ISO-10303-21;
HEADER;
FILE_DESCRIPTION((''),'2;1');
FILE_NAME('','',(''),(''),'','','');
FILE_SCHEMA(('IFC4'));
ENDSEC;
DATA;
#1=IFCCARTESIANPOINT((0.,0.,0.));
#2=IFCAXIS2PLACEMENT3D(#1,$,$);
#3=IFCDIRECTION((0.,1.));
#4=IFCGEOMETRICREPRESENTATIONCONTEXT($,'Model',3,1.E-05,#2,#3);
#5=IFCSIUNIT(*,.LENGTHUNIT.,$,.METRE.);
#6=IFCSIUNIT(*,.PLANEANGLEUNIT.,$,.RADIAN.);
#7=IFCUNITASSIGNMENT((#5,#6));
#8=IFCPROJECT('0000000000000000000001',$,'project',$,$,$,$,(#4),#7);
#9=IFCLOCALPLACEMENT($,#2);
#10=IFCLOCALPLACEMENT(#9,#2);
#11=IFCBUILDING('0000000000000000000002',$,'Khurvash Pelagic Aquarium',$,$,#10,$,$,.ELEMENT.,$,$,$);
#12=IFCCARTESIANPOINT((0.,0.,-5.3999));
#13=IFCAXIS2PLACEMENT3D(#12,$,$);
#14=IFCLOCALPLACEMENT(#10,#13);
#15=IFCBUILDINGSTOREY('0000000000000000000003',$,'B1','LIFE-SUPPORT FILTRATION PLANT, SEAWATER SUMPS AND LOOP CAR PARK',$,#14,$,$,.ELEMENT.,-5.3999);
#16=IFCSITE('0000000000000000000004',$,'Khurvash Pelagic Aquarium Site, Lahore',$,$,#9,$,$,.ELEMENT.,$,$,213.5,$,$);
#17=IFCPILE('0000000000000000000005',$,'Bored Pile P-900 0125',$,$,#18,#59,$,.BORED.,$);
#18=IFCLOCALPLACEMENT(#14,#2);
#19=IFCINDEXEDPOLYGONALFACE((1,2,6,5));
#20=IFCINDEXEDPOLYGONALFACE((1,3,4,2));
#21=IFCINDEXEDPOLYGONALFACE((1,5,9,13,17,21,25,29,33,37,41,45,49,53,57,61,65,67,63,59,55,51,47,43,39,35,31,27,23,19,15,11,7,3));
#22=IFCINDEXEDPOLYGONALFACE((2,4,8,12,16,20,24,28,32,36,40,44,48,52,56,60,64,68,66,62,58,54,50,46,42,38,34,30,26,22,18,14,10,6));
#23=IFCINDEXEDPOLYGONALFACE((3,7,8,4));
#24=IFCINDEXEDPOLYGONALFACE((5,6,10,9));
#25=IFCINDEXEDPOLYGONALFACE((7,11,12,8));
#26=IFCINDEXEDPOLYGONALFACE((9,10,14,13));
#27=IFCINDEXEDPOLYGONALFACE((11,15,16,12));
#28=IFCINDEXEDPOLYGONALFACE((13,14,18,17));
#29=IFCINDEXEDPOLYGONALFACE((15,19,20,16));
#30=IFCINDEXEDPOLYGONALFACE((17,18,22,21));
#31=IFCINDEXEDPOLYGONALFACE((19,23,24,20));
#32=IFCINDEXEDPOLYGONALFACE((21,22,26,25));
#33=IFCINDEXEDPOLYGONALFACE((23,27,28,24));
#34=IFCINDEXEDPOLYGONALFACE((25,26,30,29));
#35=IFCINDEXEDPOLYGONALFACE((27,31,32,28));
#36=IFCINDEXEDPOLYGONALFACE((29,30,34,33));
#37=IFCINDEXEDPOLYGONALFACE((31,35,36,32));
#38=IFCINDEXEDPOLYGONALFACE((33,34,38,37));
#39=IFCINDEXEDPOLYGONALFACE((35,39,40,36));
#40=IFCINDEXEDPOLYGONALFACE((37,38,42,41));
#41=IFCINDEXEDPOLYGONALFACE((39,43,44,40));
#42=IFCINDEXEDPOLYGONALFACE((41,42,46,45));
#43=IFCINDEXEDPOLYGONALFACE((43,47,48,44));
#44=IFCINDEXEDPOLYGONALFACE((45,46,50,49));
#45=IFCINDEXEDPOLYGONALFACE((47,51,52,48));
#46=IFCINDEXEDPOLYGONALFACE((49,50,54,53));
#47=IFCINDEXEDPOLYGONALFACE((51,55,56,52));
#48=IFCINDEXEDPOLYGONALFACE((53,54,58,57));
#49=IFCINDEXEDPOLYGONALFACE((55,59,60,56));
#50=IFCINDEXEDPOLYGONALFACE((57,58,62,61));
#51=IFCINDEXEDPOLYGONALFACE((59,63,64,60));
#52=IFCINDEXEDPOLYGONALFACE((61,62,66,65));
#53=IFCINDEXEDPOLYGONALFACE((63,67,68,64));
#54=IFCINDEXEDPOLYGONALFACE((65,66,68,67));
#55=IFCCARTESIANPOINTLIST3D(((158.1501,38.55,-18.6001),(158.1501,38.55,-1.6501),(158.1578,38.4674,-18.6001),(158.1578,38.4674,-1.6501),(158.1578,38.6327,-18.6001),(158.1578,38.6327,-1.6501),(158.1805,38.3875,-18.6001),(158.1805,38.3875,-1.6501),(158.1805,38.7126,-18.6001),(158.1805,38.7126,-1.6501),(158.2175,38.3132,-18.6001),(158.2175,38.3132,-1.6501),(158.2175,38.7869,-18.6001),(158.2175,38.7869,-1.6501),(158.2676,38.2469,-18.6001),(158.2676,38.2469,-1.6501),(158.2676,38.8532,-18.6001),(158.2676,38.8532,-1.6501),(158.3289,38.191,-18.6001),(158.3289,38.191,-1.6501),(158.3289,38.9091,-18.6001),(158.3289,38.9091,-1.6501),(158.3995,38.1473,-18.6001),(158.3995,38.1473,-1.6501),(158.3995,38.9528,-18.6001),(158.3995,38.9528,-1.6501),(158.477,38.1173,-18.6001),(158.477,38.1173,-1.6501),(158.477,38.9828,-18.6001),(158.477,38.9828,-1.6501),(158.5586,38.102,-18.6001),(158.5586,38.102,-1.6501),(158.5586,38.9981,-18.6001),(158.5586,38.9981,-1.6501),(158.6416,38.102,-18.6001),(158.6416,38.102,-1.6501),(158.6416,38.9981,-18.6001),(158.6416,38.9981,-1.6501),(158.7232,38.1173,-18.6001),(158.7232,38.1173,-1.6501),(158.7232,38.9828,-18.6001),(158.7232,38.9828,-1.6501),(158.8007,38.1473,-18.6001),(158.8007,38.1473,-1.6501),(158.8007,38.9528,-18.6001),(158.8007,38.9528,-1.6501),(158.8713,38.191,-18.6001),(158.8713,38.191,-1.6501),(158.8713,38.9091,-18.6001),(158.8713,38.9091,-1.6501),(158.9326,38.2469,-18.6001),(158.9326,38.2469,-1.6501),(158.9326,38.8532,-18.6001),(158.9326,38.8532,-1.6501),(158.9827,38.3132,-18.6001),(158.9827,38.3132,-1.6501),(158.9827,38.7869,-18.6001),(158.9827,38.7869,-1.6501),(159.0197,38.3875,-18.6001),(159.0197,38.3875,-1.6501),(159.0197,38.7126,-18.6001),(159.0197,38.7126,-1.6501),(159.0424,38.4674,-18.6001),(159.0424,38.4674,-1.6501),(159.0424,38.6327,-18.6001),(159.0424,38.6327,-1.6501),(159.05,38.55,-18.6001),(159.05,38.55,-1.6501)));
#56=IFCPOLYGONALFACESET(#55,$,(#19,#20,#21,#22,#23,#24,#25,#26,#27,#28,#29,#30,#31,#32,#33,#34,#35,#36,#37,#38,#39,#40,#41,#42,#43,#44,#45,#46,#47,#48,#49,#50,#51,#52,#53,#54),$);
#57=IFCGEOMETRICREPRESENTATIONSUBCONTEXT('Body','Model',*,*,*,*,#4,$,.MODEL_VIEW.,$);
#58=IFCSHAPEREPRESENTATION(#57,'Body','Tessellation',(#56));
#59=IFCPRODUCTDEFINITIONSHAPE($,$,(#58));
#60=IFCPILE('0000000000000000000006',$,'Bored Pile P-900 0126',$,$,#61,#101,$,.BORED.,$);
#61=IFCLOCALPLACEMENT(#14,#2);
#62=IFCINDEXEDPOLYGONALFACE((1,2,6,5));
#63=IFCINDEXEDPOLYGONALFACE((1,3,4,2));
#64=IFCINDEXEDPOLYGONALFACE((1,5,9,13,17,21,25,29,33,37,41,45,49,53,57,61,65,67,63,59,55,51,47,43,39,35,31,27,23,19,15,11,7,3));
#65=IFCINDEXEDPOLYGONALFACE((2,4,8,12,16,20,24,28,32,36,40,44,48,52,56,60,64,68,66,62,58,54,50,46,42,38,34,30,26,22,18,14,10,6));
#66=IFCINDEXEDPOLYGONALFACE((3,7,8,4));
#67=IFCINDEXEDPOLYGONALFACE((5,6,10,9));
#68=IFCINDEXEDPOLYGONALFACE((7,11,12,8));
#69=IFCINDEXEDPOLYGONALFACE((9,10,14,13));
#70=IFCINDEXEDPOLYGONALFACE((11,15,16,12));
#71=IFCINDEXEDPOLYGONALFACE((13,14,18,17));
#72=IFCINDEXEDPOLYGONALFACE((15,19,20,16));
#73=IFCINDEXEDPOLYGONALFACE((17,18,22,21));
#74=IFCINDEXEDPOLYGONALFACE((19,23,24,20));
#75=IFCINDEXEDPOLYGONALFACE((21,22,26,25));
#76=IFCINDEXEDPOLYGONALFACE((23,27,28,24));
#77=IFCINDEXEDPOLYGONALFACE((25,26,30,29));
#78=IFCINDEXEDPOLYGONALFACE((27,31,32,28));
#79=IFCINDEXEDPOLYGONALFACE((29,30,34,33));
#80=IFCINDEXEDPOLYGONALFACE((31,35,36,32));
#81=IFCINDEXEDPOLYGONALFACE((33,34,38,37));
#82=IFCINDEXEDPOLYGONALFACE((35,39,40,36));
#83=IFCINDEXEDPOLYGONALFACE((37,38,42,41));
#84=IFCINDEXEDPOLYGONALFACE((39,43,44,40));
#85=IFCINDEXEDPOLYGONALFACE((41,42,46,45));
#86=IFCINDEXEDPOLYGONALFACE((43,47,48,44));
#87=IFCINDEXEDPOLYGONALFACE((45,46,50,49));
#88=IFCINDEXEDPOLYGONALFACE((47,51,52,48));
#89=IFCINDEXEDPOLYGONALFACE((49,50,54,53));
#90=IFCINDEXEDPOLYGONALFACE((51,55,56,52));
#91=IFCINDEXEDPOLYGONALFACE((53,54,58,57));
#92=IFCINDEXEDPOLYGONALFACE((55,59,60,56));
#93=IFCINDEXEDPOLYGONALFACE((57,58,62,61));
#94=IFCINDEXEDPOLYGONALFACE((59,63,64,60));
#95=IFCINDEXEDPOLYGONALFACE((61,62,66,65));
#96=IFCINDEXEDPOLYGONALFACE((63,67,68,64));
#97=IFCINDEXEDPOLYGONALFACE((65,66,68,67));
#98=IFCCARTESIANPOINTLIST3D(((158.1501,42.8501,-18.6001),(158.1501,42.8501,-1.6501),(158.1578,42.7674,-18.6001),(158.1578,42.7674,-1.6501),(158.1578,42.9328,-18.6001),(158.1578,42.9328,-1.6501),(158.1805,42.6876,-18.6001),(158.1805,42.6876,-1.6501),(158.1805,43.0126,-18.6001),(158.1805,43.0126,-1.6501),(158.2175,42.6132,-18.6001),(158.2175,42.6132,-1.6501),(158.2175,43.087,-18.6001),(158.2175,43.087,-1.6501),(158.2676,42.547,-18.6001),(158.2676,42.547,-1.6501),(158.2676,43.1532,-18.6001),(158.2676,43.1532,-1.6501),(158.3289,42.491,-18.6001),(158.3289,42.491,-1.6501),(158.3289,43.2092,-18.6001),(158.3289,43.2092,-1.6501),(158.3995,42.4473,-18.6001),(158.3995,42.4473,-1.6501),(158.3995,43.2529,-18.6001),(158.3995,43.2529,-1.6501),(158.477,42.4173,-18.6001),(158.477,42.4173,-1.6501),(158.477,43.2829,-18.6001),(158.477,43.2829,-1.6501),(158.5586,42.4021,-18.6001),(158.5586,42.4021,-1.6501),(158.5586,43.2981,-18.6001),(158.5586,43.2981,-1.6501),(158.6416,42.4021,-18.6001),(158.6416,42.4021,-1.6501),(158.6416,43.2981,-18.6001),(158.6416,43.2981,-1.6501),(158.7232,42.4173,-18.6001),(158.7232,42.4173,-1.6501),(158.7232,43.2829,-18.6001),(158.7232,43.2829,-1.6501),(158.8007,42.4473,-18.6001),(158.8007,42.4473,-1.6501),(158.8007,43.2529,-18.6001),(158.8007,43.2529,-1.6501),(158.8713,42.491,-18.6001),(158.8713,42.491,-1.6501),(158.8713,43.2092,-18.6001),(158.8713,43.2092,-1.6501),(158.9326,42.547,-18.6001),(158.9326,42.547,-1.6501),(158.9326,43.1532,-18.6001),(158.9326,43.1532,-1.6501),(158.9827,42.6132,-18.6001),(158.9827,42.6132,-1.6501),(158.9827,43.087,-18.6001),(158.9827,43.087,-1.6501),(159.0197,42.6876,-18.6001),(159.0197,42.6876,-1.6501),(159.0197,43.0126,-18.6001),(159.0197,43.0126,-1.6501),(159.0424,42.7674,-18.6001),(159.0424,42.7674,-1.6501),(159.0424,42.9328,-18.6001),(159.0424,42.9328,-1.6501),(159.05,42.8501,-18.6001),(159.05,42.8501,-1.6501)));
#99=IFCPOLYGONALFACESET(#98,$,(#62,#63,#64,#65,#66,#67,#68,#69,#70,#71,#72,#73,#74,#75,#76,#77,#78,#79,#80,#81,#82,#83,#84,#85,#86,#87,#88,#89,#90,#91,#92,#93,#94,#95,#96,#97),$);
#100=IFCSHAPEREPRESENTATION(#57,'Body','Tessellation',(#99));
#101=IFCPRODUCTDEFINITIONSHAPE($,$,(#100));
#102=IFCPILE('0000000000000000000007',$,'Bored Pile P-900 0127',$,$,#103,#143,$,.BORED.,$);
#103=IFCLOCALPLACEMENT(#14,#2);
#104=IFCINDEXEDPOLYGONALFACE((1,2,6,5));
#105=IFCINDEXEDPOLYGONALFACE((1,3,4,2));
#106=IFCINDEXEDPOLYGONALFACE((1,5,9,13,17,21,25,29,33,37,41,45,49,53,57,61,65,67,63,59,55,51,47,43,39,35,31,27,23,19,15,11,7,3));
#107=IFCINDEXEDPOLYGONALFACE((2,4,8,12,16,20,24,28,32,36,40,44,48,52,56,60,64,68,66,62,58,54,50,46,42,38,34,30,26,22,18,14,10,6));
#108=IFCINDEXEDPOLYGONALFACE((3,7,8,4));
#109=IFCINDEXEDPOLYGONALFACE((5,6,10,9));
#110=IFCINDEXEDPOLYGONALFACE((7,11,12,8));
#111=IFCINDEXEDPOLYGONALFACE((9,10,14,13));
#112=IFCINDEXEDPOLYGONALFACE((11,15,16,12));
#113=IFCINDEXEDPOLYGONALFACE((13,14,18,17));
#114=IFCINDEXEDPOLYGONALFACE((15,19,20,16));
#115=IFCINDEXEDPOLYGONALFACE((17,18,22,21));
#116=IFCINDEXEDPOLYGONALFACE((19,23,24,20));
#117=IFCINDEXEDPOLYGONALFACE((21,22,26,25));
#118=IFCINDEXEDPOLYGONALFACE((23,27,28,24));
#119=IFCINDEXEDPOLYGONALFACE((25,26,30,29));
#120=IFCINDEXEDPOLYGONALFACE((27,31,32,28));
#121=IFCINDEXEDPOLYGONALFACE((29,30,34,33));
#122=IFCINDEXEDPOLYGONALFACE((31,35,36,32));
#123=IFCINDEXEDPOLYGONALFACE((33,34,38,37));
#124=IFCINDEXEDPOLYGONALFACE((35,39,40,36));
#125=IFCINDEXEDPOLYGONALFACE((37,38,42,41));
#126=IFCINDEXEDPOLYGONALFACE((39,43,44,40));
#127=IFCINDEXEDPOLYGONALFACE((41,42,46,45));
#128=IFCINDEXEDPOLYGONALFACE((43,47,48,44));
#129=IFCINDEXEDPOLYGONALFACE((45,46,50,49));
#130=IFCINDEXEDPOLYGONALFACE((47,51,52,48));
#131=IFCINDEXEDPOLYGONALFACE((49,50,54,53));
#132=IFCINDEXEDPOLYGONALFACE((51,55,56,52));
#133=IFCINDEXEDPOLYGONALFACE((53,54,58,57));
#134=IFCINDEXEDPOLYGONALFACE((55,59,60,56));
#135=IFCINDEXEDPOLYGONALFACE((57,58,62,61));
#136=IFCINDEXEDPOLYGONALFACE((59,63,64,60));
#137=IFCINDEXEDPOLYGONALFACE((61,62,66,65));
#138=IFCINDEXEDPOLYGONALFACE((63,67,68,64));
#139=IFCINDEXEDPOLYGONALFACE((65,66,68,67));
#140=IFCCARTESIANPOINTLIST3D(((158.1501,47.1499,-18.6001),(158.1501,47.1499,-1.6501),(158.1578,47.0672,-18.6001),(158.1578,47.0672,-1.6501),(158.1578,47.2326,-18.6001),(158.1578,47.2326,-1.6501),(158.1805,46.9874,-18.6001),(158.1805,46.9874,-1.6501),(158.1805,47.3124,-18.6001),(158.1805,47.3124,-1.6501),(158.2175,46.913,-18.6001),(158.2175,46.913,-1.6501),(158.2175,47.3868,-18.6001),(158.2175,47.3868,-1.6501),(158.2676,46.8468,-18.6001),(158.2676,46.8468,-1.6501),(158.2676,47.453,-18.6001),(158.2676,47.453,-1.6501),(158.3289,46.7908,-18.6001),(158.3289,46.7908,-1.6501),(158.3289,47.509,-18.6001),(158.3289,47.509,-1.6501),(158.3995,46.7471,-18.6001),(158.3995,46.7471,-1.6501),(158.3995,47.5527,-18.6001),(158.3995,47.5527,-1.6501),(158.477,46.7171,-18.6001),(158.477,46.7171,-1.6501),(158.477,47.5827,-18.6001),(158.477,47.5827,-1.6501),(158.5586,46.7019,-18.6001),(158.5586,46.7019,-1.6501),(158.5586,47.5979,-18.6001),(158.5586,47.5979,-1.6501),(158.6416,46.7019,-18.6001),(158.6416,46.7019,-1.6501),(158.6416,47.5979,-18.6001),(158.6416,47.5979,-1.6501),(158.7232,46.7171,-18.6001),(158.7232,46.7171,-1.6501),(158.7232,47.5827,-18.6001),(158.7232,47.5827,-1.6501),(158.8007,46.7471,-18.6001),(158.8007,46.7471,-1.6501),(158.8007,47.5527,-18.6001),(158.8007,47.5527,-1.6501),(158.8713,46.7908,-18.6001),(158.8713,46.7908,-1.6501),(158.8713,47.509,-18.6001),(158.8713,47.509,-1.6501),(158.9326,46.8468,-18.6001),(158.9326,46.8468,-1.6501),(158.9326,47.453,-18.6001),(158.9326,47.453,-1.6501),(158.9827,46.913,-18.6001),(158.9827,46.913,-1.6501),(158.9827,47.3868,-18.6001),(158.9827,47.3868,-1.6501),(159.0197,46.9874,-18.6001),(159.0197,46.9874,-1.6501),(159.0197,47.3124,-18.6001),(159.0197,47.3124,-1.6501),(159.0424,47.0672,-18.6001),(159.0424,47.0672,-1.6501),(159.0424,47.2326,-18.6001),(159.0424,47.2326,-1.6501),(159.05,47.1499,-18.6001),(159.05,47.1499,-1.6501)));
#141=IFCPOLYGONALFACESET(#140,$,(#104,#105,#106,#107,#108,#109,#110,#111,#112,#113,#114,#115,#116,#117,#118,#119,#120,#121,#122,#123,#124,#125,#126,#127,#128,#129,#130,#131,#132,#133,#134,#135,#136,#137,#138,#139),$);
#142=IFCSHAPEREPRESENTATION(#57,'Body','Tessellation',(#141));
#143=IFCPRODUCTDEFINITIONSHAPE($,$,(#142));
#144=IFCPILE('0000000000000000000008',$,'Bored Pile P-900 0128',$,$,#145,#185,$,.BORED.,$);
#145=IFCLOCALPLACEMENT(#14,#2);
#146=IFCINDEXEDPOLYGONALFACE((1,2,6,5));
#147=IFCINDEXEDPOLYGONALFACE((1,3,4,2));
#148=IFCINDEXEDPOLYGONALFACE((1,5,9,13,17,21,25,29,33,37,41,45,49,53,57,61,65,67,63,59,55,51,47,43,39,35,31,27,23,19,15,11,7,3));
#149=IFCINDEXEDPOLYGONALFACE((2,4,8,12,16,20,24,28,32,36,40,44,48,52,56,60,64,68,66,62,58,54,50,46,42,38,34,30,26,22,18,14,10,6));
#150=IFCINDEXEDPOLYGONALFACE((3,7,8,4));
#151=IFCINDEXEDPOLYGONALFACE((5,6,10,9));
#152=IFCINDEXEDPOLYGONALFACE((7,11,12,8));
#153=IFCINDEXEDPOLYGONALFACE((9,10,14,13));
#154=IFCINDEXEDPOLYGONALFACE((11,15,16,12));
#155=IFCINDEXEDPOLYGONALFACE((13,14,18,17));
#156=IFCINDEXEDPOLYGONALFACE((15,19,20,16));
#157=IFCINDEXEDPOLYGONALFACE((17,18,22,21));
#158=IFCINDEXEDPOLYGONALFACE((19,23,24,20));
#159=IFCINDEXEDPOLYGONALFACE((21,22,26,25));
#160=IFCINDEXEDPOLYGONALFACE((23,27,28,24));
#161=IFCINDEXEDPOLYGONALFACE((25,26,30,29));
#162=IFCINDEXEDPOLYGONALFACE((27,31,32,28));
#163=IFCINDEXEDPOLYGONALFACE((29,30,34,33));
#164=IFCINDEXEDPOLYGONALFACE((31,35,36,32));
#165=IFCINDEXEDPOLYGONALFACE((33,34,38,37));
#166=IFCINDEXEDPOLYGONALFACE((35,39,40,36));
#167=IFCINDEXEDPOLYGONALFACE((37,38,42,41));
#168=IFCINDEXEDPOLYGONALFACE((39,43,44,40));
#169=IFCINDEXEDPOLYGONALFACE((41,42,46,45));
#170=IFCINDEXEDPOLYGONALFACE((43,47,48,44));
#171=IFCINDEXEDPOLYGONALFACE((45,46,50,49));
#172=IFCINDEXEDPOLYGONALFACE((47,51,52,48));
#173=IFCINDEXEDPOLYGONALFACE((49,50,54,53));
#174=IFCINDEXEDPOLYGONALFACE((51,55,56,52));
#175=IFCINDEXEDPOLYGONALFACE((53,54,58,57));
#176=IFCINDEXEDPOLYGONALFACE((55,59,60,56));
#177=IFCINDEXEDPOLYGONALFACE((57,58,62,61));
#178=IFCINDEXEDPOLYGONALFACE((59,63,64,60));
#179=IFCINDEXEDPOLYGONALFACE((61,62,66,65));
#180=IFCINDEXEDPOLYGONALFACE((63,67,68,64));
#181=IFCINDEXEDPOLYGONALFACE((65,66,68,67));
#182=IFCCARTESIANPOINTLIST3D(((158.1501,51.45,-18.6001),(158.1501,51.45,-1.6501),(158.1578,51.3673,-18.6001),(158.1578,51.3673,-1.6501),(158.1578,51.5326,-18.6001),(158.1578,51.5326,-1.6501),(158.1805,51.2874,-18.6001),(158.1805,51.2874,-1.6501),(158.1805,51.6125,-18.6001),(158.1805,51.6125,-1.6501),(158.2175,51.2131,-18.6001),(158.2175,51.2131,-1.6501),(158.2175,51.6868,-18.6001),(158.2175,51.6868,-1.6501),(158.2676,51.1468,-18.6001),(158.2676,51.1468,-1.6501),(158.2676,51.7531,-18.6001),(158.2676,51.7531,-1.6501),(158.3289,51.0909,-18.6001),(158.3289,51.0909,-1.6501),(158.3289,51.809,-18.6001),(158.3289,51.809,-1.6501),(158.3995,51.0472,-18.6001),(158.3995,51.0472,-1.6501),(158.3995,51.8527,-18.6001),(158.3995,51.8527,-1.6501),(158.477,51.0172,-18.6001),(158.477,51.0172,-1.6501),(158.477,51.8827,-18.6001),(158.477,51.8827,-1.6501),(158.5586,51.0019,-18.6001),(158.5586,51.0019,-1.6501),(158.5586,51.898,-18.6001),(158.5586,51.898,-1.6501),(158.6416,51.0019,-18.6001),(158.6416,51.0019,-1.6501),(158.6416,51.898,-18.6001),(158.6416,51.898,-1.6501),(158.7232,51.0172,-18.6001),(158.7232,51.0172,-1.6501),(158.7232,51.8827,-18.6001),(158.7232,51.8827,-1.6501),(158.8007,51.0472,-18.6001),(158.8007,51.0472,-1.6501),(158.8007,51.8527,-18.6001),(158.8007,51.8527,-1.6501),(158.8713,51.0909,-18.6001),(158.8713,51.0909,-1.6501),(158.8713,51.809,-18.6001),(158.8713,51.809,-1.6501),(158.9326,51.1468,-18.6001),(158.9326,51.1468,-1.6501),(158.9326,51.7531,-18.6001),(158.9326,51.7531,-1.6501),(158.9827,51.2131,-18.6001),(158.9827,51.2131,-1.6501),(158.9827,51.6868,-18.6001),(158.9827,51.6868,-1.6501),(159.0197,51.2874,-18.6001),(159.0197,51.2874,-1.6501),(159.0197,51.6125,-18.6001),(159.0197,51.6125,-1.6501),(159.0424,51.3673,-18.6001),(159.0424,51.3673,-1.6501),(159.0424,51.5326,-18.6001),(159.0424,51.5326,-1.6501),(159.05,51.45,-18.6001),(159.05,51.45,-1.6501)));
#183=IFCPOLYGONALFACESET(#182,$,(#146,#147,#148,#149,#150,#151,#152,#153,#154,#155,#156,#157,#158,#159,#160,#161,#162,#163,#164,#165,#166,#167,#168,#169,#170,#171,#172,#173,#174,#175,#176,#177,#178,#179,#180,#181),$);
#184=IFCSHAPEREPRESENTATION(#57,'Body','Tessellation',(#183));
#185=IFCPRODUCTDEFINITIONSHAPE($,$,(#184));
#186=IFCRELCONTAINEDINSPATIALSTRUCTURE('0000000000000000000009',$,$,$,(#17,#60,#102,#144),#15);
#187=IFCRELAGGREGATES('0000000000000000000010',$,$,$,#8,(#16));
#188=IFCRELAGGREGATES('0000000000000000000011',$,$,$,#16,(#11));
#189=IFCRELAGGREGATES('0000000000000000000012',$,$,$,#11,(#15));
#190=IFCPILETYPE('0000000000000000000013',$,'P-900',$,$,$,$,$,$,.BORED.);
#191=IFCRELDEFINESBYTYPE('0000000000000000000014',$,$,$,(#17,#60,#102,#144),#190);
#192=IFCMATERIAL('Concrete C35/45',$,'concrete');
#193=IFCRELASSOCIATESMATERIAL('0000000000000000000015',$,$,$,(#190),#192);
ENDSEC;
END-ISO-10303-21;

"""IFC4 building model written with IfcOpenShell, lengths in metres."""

from ifc_helpers import new_model, si_unit, direction, frame, origin, origin_2d, place, context, subcontext, project, spatial, circle, extrude, material, material_profile, profile_set, type_object, element, save


model = new_model("IFC4")

# Units and contexts
model_context = context("Model", 3, precision=1e-05, world=origin(), true_north=direction((0.0, 1.0)))
body_context = subcontext(model_context, "Body", "Model", "MODEL_VIEW")
ifc_project = project(units=[si_unit("LENGTHUNIT", "METRE"), si_unit("PLANEANGLEUNIT", "RADIAN")], contexts=[model_context])

# Site, building, storey
site_placement = place(None, origin())
site = spatial("IfcSite", under=ifc_project, at=site_placement, Name="Khurvash Pelagic Aquarium Site, Lahore", CompositionType="ELEMENT", RefElevation=213.5)
building_placement = place(site_placement, origin())
building = spatial("IfcBuilding", under=site, at=building_placement, Name="Khurvash Pelagic Aquarium", CompositionType="ELEMENT")
storey_placement = place(building_placement, frame((0.0, 0.0, -5.3999)))
storey = spatial("IfcBuildingStorey", under=building, at=storey_placement, Name="B1", Description="LIFE-SUPPORT FILTRATION PLANT, SEAWATER SUMPS AND LOOP CAR PARK", CompositionType="ELEMENT", Elevation=-5.3999)

# Piles
ifc_material_1 = material(Name="Concrete C35/45", Category="concrete")
ifc_material_profile_1 = material_profile(ifc_material_1, circle(Radius=0.45, at=origin_2d()), Name="PILE900")
ifc_profile_set_1 = profile_set([ifc_material_profile_1], Name="Concrete C35/45")
pile_type = type_object("IfcPileType", Name="P-900", PredefinedType="BORED", material=ifc_profile_set_1)
for number, where, z_axis, x_axis, name in (
    (1, (158.6001, 38.55, -1.6501), (0.0, 0.0, -1.0), (1.0, 0.0, 0.0), "Bored Pile P-900 0125"),
    (2, (158.6001, 42.8501, -1.6501), (0.0, 0.0, -1.0), (1.0, 0.0, 0.0), "Bored Pile P-900 0126"),
    (3, (158.6001, 47.1499, -1.6501), (0.0, 0.0, -1.0), (1.0, 0.0, 0.0), "Bored Pile P-900 0127"),
    (4, (158.6001, 51.45, -1.6501), (0.0, 0.0, -1.0), (1.0, 0.0, 0.0), "Bored Pile P-900 0128"),
):
    element("IfcPile", number, at=place(storey_placement, frame(where, z_axis=z_axis, x_axis=x_axis)), inside=storey, type_object=pile_type, Name=name, PredefinedType="BORED", context=body_context, shape_type="SweptSolid", body=[
        extrude(circle(Radius=0.45, at=origin_2d()), origin(), (0.0, 0.0, 1.0), 16.95),
    ])

save(model, "model.ifc")
